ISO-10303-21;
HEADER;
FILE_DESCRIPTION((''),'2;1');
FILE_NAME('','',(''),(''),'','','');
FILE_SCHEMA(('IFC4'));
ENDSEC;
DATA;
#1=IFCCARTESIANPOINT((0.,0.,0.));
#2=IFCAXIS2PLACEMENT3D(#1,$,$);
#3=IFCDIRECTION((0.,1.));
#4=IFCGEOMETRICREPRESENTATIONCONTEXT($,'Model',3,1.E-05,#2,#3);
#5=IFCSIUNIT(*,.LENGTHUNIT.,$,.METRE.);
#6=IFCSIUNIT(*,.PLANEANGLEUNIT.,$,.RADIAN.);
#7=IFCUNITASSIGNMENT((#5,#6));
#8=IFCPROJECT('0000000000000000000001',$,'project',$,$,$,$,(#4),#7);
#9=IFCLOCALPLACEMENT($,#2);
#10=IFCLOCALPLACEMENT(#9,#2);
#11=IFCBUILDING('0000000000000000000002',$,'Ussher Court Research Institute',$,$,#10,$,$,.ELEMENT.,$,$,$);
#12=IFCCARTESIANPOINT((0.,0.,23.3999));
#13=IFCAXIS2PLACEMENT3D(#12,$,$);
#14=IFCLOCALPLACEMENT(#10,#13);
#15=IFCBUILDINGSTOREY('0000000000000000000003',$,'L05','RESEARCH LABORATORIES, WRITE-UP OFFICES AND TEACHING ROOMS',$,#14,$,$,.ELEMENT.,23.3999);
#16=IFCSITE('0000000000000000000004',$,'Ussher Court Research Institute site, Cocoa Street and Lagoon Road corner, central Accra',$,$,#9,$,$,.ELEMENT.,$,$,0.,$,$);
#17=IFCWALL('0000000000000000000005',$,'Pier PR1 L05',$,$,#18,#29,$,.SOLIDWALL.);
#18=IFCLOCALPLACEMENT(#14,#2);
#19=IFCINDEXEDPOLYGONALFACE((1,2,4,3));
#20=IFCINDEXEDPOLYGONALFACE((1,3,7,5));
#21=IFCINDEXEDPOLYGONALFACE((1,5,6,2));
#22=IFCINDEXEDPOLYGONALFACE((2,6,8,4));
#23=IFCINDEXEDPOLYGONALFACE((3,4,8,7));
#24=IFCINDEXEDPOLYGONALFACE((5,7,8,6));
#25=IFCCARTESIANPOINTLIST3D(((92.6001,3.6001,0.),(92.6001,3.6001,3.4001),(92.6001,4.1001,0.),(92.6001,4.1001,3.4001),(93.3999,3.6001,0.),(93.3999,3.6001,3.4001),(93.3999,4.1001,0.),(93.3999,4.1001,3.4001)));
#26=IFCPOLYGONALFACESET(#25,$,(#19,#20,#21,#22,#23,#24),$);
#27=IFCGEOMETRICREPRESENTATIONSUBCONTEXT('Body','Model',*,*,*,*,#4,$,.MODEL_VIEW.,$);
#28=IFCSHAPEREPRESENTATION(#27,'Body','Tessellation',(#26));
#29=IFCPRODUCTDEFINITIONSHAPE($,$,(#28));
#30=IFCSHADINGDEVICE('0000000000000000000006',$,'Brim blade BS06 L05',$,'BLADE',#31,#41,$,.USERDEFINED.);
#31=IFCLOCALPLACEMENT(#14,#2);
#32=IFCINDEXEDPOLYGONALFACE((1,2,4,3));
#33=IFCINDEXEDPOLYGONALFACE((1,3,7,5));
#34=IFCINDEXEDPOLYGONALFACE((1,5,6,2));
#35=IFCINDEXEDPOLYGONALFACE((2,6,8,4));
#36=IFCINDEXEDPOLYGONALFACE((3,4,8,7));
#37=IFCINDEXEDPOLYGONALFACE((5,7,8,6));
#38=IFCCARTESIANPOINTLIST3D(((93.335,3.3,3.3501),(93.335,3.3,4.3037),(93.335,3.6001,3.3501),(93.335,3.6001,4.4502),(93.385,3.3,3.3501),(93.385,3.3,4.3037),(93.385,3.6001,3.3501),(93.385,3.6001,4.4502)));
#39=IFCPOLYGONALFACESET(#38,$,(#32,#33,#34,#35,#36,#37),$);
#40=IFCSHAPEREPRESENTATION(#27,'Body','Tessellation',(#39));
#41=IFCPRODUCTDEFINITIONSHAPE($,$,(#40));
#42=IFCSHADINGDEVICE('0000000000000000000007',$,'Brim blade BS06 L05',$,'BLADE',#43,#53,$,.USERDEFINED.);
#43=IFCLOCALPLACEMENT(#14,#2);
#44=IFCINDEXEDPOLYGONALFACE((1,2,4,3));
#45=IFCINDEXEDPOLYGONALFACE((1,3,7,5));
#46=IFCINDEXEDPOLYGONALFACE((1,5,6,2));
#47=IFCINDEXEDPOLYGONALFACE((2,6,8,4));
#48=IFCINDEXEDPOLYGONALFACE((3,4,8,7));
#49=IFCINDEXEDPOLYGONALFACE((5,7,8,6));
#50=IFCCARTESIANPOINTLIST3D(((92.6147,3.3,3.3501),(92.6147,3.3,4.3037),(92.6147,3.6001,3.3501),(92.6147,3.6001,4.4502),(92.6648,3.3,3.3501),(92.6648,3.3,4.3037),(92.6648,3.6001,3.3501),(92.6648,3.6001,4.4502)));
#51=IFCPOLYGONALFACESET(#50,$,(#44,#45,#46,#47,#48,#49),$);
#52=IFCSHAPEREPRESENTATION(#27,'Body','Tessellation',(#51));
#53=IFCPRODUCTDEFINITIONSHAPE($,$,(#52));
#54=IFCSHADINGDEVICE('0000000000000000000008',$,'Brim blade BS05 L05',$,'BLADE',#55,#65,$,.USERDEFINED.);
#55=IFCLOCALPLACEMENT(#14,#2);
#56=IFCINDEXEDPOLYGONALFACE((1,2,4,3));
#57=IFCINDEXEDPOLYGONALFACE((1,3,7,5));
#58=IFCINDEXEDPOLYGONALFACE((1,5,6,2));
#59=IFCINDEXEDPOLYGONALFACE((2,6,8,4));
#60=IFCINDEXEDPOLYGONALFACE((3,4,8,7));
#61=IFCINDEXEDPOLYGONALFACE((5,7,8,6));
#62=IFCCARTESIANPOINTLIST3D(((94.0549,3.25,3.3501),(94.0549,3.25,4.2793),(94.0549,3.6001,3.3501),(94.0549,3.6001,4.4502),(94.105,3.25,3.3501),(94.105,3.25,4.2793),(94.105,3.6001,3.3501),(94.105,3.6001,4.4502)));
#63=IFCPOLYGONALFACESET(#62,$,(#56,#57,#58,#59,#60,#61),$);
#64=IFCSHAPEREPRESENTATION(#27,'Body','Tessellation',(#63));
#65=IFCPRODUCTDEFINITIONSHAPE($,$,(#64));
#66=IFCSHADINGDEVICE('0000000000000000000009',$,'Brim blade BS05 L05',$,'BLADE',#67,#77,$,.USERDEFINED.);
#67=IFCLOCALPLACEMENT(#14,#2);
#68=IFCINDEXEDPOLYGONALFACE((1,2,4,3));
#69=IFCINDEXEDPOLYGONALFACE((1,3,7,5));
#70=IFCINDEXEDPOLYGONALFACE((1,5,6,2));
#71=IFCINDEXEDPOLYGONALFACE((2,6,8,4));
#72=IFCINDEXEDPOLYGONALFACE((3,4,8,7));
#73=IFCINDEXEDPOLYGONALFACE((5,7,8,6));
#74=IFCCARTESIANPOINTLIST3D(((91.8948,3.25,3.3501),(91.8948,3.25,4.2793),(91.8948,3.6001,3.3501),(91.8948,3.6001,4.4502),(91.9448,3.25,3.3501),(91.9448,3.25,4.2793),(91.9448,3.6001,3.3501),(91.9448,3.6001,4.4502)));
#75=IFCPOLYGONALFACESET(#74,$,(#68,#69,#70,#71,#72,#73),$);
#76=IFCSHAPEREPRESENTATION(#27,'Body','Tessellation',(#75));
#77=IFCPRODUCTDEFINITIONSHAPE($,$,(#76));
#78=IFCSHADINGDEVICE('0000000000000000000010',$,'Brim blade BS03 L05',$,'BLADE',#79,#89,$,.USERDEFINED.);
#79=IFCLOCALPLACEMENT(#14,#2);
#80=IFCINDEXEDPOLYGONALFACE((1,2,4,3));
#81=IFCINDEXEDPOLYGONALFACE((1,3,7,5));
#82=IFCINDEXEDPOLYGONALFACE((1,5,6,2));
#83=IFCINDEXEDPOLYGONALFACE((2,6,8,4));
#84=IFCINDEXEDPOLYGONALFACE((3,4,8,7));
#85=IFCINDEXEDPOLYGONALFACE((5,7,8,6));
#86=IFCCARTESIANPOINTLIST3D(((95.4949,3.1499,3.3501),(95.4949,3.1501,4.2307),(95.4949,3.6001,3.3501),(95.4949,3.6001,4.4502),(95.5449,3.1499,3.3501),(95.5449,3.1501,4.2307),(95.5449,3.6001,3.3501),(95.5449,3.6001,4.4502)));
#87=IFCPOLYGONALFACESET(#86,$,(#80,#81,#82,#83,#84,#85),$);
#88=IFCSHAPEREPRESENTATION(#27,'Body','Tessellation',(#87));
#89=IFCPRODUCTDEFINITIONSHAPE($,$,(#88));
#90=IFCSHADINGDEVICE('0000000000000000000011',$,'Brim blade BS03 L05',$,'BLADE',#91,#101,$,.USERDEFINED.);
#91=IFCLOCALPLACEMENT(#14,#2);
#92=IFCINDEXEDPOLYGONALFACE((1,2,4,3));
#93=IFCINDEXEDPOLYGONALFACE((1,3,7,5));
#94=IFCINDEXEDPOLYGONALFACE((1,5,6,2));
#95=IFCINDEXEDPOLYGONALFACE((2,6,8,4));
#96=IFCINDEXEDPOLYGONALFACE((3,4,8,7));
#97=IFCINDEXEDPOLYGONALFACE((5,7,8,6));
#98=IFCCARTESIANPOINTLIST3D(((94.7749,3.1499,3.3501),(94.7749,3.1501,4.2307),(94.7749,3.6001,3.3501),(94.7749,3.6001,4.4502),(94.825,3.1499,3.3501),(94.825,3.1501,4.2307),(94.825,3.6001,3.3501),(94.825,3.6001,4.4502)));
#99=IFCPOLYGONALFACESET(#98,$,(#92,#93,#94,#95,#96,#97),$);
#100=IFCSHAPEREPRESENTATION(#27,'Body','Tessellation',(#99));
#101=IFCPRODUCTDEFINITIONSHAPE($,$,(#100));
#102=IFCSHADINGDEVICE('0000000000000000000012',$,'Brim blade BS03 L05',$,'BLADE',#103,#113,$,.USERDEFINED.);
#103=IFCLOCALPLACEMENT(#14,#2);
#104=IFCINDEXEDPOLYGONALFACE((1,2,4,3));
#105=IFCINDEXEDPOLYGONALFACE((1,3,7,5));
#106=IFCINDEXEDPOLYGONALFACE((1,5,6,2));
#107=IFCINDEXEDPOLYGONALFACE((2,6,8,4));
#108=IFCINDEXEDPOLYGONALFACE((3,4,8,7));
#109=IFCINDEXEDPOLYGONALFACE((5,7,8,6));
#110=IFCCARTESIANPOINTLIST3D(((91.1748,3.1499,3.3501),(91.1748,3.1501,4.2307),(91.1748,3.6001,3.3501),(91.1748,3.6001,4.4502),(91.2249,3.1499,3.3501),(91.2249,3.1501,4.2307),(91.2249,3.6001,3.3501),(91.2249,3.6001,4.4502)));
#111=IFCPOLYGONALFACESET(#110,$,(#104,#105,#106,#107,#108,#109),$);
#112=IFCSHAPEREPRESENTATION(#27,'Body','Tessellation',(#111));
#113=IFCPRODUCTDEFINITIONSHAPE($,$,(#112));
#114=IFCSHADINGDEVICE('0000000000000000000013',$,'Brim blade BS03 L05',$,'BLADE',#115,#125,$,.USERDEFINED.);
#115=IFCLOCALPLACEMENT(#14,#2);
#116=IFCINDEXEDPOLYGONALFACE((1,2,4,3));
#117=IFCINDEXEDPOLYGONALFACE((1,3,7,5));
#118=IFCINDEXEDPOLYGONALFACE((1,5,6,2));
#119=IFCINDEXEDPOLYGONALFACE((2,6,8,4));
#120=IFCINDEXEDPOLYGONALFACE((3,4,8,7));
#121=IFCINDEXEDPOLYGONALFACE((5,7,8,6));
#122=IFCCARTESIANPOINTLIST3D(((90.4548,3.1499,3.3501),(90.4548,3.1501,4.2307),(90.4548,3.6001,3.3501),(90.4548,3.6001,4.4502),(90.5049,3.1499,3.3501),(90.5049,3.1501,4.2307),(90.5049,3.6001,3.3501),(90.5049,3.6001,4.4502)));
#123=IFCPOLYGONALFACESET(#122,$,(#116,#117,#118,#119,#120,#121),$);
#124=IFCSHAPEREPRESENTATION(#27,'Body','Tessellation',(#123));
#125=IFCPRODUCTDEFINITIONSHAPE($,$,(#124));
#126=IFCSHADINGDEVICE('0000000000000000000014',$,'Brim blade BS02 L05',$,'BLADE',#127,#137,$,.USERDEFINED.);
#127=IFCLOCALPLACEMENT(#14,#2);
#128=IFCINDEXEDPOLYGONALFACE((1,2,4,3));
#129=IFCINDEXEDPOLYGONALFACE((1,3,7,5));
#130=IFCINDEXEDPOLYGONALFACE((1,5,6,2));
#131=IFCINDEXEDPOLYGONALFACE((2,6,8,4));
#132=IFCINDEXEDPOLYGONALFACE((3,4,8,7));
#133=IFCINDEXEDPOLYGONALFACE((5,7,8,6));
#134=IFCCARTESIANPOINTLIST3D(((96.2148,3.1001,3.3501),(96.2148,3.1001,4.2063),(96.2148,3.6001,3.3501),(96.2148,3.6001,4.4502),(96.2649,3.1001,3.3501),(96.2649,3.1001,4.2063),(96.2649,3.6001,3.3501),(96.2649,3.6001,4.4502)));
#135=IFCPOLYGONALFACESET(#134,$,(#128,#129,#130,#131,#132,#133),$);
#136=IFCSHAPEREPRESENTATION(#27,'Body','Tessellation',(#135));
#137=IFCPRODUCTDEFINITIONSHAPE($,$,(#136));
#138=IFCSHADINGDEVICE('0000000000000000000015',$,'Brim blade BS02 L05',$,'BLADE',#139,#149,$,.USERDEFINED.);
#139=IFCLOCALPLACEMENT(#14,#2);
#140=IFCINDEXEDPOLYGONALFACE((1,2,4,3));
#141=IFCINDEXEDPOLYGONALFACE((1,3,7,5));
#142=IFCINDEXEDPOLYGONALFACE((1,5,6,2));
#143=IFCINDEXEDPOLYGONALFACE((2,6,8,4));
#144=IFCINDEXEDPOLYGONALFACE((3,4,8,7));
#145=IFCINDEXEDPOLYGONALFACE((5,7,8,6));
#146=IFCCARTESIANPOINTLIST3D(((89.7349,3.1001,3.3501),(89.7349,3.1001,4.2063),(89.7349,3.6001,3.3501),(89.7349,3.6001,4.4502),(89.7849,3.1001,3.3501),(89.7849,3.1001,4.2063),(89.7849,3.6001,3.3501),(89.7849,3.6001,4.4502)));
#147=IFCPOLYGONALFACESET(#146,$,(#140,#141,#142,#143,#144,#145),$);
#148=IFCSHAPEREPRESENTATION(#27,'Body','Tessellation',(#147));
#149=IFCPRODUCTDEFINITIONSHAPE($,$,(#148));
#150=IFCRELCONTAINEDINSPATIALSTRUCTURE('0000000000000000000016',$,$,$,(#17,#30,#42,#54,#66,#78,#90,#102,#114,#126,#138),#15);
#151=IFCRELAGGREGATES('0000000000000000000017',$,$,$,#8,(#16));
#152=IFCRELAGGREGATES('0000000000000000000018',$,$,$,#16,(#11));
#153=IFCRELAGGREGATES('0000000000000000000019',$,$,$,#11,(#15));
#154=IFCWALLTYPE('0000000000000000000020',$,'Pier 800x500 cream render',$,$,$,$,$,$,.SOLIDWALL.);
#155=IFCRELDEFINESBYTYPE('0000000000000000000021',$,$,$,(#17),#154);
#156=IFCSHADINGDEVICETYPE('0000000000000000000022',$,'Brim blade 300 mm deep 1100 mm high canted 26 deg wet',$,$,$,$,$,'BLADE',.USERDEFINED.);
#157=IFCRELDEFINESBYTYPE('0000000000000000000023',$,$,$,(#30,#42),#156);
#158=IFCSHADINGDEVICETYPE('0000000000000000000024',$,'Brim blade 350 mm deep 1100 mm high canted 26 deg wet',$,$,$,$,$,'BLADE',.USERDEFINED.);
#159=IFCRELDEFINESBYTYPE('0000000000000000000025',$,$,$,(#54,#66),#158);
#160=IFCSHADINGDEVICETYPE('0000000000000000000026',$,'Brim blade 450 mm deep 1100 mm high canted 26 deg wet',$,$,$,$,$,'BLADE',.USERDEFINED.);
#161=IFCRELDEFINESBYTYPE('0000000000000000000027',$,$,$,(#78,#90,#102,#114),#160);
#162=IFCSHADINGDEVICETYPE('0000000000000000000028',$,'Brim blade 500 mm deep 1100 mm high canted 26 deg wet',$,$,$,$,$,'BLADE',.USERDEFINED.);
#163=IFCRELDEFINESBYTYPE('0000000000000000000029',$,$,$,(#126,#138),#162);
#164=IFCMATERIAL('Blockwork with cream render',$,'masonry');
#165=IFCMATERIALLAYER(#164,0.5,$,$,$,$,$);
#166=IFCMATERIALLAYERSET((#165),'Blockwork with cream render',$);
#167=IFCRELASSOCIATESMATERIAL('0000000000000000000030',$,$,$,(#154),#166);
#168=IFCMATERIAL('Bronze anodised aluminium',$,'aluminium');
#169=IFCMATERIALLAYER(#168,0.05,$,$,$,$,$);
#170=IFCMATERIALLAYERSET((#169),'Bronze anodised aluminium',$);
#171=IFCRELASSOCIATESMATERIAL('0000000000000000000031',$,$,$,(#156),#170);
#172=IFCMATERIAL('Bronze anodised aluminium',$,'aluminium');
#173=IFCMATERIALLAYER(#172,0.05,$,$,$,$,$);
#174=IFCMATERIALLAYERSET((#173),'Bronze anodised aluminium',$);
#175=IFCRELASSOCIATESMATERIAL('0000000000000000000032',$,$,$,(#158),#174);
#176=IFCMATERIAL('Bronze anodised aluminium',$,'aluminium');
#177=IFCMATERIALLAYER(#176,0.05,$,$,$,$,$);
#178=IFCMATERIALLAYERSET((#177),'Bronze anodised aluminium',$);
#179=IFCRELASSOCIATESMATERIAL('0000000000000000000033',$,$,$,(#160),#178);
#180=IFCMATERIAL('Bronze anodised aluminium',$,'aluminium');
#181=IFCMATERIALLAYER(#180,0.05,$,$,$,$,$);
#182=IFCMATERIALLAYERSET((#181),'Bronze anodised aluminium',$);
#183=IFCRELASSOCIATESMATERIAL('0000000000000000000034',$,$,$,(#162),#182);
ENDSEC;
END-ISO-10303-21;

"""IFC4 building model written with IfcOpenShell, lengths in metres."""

from ifc_helpers import new_model, si_unit, direction, frame, frame_2d, origin, place, context, subcontext, project, spatial, polyline, rectangle, outline, extrude, material, layer, layer_set, type_object, element, save


model = new_model("IFC4")

# Units and contexts
model_context = context("Model", 3, precision=1e-05, world=origin(), true_north=direction((0.0, 1.0)))
body_context = subcontext(model_context, "Body", "Model", "MODEL_VIEW")
ifc_project = project(units=[si_unit("LENGTHUNIT", "METRE"), si_unit("PLANEANGLEUNIT", "RADIAN")], contexts=[model_context])

# Site, building, storey
site_placement = place(None, origin())
site = spatial("IfcSite", under=ifc_project, at=site_placement, Name="Ussher Court Research Institute site, Cocoa Street and Lagoon Road corner, central Accra", CompositionType="ELEMENT", RefElevation=0.0)
building_placement = place(site_placement, origin())
building = spatial("IfcBuilding", under=site, at=building_placement, Name="Ussher Court Research Institute", CompositionType="ELEMENT")
storey_placement = place(building_placement, frame((0.0, 0.0, 23.3999)))
storey = spatial("IfcBuildingStorey", under=building, at=storey_placement, Name="L05", Description="RESEARCH LABORATORIES, WRITE-UP OFFICES AND TEACHING ROOMS", CompositionType="ELEMENT", Elevation=23.3999)

# Wall
ifc_material_1 = material(Name="Blockwork with cream render", Category="masonry")
ifc_layer_1 = layer(ifc_material_1, 0.5)
ifc_layer_set_1 = layer_set([ifc_layer_1], Name="Blockwork with cream render")
wall_type_1 = type_object("IfcWallType", Name="Pier 800x500 cream render", PredefinedType="SOLIDWALL", material=ifc_layer_set_1)
wall_1_placement = place(storey_placement, frame((93.3999, 3.8501, 0.0), z_axis=(0.0, 0.0, 1.0), x_axis=(-1.0, 0.0, 0.0)))
element("IfcWall", 1, at=wall_1_placement, inside=storey, type_object=wall_type_1, Name="Pier PR1 L05", PredefinedType="SOLIDWALL", context=body_context, shape_type="SweptSolid", body=[
    extrude(rectangle(XDim=0.7998, YDim=0.5, at=frame_2d((0.3999, 0.0))), origin(), (0.0, 0.0, 1.0), 3.4001),
])

# Shading devices
ifc_material_2 = material(Name="Bronze anodised aluminium", Category="aluminium")
ifc_layer_2 = layer(ifc_material_2, 0.05)
ifc_layer_set_2 = layer_set([ifc_layer_2], Name="Bronze anodised aluminium")
shading_device_type_1 = type_object("IfcShadingDeviceType", Name="Brim blade 300 mm deep 1100 mm high canted 26 deg wet", ElementType="BLADE", PredefinedType="USERDEFINED", material=ifc_layer_set_2)
for number, where, z_axis, x_axis, name in (
    (2, (93.3601, 3.6001, 3.3501), (0.0, 0.0, 1.0), (0.0, -1.0, 0.0), "Brim blade BS06 L05"),
    (3, (92.6399, 3.6001, 3.3501), (0.0, 0.0, 1.0), (0.0, -1.0, 0.0), "Brim blade BS06 L05"),
):
    element("IfcShadingDevice", number, at=place(storey_placement, frame(where, z_axis=z_axis, x_axis=x_axis)), inside=storey, type_object=shading_device_type_1, Name=name, ObjectType="BLADE", PredefinedType="USERDEFINED", context=body_context, shape_type="SweptSolid", body=[
        extrude(outline(polyline([(0.0, 0.0), (0.3, 0.0), (0.3, 0.9536), (0.0, 1.1001), (0.0, 0.0)])), frame((0.0, 0.0249, 0.0), z_axis=(0.0, -1.0, 0.0), x_axis=(1.0, 0.0, 0.0)), (0.0, 0.0, 1.0), 0.05),
    ])
ifc_material_3 = material(Name="Bronze anodised aluminium", Category="aluminium")
ifc_layer_3 = layer(ifc_material_3, 0.05)
ifc_layer_set_3 = layer_set([ifc_layer_3], Name="Bronze anodised aluminium")
shading_device_type_2 = type_object("IfcShadingDeviceType", Name="Brim blade 350 mm deep 1100 mm high canted 26 deg wet", ElementType="BLADE", PredefinedType="USERDEFINED", material=ifc_layer_set_3)
for number, where, z_axis, x_axis, name in (
    (4, (94.0801, 3.6001, 3.3501), (0.0, 0.0, 1.0), (0.0, -1.0, 0.0), "Brim blade BS05 L05"),
    (5, (91.9199, 3.6001, 3.3501), (0.0, 0.0, 1.0), (0.0, -1.0, 0.0), "Brim blade BS05 L05"),
):
    element("IfcShadingDevice", number, at=place(storey_placement, frame(where, z_axis=z_axis, x_axis=x_axis)), inside=storey, type_object=shading_device_type_2, Name=name, ObjectType="BLADE", PredefinedType="USERDEFINED", context=body_context, shape_type="SweptSolid", body=[
        extrude(outline(polyline([(0.0, 0.0), (0.3501, 0.0), (0.3501, 0.9292), (0.0, 1.1001), (0.0, 0.0)])), frame((0.0, 0.0249, 0.0), z_axis=(0.0, -1.0, 0.0), x_axis=(1.0, 0.0, 0.0)), (0.0, 0.0, 1.0), 0.05),
    ])
ifc_material_4 = material(Name="Bronze anodised aluminium", Category="aluminium")
ifc_layer_4 = layer(ifc_material_4, 0.05)
ifc_layer_set_4 = layer_set([ifc_layer_4], Name="Bronze anodised aluminium")
shading_device_type_3 = type_object("IfcShadingDeviceType", Name="Brim blade 450 mm deep 1100 mm high canted 26 deg wet", ElementType="BLADE", PredefinedType="USERDEFINED", material=ifc_layer_set_4)
for number, where, z_axis, x_axis, name in (
    (6, (95.52, 3.6001, 3.3501), (0.0, 0.0, 1.0), (0.0, -1.0, 0.0), "Brim blade BS03 L05"),
    (7, (94.8, 3.6001, 3.3501), (0.0, 0.0, 1.0), (0.0, -1.0, 0.0), "Brim blade BS03 L05"),
    (8, (91.2, 3.6001, 3.3501), (0.0, 0.0, 1.0), (0.0, -1.0, 0.0), "Brim blade BS03 L05"),
    (9, (90.48, 3.6001, 3.3501), (0.0, 0.0, 1.0), (0.0, -1.0, 0.0), "Brim blade BS03 L05"),
):
    element("IfcShadingDevice", number, at=place(storey_placement, frame(where, z_axis=z_axis, x_axis=x_axis)), inside=storey, type_object=shading_device_type_3, Name=name, ObjectType="BLADE", PredefinedType="USERDEFINED", context=body_context, shape_type="SweptSolid", body=[
        extrude(outline(polyline([(0.0, 0.0), (0.4502, 0.0), (0.45, 0.8806), (0.0, 1.1001), (0.0, 0.0)])), frame((0.0, 0.0249, 0.0), z_axis=(0.0, -1.0, 0.0), x_axis=(1.0, 0.0, 0.0)), (0.0, 0.0, 1.0), 0.05),
    ])
ifc_material_5 = material(Name="Bronze anodised aluminium", Category="aluminium")
ifc_layer_5 = layer(ifc_material_5, 0.05)
ifc_layer_set_5 = layer_set([ifc_layer_5], Name="Bronze anodised aluminium")
shading_device_type_4 = type_object("IfcShadingDeviceType", Name="Brim blade 500 mm deep 1100 mm high canted 26 deg wet", ElementType="BLADE", PredefinedType="USERDEFINED", material=ifc_layer_set_5)
for number, where, z_axis, x_axis, name in (
    (10, (96.24, 3.6001, 3.3501), (0.0, 0.0, 1.0), (0.0, -1.0, 0.0), "Brim blade BS02 L05"),
    (11, (89.76, 3.6001, 3.3501), (0.0, 0.0, 1.0), (0.0, -1.0, 0.0), "Brim blade BS02 L05"),
):
    element("IfcShadingDevice", number, at=place(storey_placement, frame(where, z_axis=z_axis, x_axis=x_axis)), inside=storey, type_object=shading_device_type_4, Name=name, ObjectType="BLADE", PredefinedType="USERDEFINED", context=body_context, shape_type="SweptSolid", body=[
        extrude(outline(polyline([(0.0, 0.0), (0.5, 0.0), (0.5, 0.8562), (0.0, 1.1001), (0.0, 0.0)])), frame((0.0, 0.0249, 0.0), z_axis=(0.0, -1.0, 0.0), x_axis=(1.0, 0.0, 0.0)), (0.0, 0.0, 1.0), 0.05),
    ])

save(model, "model.ifc")
